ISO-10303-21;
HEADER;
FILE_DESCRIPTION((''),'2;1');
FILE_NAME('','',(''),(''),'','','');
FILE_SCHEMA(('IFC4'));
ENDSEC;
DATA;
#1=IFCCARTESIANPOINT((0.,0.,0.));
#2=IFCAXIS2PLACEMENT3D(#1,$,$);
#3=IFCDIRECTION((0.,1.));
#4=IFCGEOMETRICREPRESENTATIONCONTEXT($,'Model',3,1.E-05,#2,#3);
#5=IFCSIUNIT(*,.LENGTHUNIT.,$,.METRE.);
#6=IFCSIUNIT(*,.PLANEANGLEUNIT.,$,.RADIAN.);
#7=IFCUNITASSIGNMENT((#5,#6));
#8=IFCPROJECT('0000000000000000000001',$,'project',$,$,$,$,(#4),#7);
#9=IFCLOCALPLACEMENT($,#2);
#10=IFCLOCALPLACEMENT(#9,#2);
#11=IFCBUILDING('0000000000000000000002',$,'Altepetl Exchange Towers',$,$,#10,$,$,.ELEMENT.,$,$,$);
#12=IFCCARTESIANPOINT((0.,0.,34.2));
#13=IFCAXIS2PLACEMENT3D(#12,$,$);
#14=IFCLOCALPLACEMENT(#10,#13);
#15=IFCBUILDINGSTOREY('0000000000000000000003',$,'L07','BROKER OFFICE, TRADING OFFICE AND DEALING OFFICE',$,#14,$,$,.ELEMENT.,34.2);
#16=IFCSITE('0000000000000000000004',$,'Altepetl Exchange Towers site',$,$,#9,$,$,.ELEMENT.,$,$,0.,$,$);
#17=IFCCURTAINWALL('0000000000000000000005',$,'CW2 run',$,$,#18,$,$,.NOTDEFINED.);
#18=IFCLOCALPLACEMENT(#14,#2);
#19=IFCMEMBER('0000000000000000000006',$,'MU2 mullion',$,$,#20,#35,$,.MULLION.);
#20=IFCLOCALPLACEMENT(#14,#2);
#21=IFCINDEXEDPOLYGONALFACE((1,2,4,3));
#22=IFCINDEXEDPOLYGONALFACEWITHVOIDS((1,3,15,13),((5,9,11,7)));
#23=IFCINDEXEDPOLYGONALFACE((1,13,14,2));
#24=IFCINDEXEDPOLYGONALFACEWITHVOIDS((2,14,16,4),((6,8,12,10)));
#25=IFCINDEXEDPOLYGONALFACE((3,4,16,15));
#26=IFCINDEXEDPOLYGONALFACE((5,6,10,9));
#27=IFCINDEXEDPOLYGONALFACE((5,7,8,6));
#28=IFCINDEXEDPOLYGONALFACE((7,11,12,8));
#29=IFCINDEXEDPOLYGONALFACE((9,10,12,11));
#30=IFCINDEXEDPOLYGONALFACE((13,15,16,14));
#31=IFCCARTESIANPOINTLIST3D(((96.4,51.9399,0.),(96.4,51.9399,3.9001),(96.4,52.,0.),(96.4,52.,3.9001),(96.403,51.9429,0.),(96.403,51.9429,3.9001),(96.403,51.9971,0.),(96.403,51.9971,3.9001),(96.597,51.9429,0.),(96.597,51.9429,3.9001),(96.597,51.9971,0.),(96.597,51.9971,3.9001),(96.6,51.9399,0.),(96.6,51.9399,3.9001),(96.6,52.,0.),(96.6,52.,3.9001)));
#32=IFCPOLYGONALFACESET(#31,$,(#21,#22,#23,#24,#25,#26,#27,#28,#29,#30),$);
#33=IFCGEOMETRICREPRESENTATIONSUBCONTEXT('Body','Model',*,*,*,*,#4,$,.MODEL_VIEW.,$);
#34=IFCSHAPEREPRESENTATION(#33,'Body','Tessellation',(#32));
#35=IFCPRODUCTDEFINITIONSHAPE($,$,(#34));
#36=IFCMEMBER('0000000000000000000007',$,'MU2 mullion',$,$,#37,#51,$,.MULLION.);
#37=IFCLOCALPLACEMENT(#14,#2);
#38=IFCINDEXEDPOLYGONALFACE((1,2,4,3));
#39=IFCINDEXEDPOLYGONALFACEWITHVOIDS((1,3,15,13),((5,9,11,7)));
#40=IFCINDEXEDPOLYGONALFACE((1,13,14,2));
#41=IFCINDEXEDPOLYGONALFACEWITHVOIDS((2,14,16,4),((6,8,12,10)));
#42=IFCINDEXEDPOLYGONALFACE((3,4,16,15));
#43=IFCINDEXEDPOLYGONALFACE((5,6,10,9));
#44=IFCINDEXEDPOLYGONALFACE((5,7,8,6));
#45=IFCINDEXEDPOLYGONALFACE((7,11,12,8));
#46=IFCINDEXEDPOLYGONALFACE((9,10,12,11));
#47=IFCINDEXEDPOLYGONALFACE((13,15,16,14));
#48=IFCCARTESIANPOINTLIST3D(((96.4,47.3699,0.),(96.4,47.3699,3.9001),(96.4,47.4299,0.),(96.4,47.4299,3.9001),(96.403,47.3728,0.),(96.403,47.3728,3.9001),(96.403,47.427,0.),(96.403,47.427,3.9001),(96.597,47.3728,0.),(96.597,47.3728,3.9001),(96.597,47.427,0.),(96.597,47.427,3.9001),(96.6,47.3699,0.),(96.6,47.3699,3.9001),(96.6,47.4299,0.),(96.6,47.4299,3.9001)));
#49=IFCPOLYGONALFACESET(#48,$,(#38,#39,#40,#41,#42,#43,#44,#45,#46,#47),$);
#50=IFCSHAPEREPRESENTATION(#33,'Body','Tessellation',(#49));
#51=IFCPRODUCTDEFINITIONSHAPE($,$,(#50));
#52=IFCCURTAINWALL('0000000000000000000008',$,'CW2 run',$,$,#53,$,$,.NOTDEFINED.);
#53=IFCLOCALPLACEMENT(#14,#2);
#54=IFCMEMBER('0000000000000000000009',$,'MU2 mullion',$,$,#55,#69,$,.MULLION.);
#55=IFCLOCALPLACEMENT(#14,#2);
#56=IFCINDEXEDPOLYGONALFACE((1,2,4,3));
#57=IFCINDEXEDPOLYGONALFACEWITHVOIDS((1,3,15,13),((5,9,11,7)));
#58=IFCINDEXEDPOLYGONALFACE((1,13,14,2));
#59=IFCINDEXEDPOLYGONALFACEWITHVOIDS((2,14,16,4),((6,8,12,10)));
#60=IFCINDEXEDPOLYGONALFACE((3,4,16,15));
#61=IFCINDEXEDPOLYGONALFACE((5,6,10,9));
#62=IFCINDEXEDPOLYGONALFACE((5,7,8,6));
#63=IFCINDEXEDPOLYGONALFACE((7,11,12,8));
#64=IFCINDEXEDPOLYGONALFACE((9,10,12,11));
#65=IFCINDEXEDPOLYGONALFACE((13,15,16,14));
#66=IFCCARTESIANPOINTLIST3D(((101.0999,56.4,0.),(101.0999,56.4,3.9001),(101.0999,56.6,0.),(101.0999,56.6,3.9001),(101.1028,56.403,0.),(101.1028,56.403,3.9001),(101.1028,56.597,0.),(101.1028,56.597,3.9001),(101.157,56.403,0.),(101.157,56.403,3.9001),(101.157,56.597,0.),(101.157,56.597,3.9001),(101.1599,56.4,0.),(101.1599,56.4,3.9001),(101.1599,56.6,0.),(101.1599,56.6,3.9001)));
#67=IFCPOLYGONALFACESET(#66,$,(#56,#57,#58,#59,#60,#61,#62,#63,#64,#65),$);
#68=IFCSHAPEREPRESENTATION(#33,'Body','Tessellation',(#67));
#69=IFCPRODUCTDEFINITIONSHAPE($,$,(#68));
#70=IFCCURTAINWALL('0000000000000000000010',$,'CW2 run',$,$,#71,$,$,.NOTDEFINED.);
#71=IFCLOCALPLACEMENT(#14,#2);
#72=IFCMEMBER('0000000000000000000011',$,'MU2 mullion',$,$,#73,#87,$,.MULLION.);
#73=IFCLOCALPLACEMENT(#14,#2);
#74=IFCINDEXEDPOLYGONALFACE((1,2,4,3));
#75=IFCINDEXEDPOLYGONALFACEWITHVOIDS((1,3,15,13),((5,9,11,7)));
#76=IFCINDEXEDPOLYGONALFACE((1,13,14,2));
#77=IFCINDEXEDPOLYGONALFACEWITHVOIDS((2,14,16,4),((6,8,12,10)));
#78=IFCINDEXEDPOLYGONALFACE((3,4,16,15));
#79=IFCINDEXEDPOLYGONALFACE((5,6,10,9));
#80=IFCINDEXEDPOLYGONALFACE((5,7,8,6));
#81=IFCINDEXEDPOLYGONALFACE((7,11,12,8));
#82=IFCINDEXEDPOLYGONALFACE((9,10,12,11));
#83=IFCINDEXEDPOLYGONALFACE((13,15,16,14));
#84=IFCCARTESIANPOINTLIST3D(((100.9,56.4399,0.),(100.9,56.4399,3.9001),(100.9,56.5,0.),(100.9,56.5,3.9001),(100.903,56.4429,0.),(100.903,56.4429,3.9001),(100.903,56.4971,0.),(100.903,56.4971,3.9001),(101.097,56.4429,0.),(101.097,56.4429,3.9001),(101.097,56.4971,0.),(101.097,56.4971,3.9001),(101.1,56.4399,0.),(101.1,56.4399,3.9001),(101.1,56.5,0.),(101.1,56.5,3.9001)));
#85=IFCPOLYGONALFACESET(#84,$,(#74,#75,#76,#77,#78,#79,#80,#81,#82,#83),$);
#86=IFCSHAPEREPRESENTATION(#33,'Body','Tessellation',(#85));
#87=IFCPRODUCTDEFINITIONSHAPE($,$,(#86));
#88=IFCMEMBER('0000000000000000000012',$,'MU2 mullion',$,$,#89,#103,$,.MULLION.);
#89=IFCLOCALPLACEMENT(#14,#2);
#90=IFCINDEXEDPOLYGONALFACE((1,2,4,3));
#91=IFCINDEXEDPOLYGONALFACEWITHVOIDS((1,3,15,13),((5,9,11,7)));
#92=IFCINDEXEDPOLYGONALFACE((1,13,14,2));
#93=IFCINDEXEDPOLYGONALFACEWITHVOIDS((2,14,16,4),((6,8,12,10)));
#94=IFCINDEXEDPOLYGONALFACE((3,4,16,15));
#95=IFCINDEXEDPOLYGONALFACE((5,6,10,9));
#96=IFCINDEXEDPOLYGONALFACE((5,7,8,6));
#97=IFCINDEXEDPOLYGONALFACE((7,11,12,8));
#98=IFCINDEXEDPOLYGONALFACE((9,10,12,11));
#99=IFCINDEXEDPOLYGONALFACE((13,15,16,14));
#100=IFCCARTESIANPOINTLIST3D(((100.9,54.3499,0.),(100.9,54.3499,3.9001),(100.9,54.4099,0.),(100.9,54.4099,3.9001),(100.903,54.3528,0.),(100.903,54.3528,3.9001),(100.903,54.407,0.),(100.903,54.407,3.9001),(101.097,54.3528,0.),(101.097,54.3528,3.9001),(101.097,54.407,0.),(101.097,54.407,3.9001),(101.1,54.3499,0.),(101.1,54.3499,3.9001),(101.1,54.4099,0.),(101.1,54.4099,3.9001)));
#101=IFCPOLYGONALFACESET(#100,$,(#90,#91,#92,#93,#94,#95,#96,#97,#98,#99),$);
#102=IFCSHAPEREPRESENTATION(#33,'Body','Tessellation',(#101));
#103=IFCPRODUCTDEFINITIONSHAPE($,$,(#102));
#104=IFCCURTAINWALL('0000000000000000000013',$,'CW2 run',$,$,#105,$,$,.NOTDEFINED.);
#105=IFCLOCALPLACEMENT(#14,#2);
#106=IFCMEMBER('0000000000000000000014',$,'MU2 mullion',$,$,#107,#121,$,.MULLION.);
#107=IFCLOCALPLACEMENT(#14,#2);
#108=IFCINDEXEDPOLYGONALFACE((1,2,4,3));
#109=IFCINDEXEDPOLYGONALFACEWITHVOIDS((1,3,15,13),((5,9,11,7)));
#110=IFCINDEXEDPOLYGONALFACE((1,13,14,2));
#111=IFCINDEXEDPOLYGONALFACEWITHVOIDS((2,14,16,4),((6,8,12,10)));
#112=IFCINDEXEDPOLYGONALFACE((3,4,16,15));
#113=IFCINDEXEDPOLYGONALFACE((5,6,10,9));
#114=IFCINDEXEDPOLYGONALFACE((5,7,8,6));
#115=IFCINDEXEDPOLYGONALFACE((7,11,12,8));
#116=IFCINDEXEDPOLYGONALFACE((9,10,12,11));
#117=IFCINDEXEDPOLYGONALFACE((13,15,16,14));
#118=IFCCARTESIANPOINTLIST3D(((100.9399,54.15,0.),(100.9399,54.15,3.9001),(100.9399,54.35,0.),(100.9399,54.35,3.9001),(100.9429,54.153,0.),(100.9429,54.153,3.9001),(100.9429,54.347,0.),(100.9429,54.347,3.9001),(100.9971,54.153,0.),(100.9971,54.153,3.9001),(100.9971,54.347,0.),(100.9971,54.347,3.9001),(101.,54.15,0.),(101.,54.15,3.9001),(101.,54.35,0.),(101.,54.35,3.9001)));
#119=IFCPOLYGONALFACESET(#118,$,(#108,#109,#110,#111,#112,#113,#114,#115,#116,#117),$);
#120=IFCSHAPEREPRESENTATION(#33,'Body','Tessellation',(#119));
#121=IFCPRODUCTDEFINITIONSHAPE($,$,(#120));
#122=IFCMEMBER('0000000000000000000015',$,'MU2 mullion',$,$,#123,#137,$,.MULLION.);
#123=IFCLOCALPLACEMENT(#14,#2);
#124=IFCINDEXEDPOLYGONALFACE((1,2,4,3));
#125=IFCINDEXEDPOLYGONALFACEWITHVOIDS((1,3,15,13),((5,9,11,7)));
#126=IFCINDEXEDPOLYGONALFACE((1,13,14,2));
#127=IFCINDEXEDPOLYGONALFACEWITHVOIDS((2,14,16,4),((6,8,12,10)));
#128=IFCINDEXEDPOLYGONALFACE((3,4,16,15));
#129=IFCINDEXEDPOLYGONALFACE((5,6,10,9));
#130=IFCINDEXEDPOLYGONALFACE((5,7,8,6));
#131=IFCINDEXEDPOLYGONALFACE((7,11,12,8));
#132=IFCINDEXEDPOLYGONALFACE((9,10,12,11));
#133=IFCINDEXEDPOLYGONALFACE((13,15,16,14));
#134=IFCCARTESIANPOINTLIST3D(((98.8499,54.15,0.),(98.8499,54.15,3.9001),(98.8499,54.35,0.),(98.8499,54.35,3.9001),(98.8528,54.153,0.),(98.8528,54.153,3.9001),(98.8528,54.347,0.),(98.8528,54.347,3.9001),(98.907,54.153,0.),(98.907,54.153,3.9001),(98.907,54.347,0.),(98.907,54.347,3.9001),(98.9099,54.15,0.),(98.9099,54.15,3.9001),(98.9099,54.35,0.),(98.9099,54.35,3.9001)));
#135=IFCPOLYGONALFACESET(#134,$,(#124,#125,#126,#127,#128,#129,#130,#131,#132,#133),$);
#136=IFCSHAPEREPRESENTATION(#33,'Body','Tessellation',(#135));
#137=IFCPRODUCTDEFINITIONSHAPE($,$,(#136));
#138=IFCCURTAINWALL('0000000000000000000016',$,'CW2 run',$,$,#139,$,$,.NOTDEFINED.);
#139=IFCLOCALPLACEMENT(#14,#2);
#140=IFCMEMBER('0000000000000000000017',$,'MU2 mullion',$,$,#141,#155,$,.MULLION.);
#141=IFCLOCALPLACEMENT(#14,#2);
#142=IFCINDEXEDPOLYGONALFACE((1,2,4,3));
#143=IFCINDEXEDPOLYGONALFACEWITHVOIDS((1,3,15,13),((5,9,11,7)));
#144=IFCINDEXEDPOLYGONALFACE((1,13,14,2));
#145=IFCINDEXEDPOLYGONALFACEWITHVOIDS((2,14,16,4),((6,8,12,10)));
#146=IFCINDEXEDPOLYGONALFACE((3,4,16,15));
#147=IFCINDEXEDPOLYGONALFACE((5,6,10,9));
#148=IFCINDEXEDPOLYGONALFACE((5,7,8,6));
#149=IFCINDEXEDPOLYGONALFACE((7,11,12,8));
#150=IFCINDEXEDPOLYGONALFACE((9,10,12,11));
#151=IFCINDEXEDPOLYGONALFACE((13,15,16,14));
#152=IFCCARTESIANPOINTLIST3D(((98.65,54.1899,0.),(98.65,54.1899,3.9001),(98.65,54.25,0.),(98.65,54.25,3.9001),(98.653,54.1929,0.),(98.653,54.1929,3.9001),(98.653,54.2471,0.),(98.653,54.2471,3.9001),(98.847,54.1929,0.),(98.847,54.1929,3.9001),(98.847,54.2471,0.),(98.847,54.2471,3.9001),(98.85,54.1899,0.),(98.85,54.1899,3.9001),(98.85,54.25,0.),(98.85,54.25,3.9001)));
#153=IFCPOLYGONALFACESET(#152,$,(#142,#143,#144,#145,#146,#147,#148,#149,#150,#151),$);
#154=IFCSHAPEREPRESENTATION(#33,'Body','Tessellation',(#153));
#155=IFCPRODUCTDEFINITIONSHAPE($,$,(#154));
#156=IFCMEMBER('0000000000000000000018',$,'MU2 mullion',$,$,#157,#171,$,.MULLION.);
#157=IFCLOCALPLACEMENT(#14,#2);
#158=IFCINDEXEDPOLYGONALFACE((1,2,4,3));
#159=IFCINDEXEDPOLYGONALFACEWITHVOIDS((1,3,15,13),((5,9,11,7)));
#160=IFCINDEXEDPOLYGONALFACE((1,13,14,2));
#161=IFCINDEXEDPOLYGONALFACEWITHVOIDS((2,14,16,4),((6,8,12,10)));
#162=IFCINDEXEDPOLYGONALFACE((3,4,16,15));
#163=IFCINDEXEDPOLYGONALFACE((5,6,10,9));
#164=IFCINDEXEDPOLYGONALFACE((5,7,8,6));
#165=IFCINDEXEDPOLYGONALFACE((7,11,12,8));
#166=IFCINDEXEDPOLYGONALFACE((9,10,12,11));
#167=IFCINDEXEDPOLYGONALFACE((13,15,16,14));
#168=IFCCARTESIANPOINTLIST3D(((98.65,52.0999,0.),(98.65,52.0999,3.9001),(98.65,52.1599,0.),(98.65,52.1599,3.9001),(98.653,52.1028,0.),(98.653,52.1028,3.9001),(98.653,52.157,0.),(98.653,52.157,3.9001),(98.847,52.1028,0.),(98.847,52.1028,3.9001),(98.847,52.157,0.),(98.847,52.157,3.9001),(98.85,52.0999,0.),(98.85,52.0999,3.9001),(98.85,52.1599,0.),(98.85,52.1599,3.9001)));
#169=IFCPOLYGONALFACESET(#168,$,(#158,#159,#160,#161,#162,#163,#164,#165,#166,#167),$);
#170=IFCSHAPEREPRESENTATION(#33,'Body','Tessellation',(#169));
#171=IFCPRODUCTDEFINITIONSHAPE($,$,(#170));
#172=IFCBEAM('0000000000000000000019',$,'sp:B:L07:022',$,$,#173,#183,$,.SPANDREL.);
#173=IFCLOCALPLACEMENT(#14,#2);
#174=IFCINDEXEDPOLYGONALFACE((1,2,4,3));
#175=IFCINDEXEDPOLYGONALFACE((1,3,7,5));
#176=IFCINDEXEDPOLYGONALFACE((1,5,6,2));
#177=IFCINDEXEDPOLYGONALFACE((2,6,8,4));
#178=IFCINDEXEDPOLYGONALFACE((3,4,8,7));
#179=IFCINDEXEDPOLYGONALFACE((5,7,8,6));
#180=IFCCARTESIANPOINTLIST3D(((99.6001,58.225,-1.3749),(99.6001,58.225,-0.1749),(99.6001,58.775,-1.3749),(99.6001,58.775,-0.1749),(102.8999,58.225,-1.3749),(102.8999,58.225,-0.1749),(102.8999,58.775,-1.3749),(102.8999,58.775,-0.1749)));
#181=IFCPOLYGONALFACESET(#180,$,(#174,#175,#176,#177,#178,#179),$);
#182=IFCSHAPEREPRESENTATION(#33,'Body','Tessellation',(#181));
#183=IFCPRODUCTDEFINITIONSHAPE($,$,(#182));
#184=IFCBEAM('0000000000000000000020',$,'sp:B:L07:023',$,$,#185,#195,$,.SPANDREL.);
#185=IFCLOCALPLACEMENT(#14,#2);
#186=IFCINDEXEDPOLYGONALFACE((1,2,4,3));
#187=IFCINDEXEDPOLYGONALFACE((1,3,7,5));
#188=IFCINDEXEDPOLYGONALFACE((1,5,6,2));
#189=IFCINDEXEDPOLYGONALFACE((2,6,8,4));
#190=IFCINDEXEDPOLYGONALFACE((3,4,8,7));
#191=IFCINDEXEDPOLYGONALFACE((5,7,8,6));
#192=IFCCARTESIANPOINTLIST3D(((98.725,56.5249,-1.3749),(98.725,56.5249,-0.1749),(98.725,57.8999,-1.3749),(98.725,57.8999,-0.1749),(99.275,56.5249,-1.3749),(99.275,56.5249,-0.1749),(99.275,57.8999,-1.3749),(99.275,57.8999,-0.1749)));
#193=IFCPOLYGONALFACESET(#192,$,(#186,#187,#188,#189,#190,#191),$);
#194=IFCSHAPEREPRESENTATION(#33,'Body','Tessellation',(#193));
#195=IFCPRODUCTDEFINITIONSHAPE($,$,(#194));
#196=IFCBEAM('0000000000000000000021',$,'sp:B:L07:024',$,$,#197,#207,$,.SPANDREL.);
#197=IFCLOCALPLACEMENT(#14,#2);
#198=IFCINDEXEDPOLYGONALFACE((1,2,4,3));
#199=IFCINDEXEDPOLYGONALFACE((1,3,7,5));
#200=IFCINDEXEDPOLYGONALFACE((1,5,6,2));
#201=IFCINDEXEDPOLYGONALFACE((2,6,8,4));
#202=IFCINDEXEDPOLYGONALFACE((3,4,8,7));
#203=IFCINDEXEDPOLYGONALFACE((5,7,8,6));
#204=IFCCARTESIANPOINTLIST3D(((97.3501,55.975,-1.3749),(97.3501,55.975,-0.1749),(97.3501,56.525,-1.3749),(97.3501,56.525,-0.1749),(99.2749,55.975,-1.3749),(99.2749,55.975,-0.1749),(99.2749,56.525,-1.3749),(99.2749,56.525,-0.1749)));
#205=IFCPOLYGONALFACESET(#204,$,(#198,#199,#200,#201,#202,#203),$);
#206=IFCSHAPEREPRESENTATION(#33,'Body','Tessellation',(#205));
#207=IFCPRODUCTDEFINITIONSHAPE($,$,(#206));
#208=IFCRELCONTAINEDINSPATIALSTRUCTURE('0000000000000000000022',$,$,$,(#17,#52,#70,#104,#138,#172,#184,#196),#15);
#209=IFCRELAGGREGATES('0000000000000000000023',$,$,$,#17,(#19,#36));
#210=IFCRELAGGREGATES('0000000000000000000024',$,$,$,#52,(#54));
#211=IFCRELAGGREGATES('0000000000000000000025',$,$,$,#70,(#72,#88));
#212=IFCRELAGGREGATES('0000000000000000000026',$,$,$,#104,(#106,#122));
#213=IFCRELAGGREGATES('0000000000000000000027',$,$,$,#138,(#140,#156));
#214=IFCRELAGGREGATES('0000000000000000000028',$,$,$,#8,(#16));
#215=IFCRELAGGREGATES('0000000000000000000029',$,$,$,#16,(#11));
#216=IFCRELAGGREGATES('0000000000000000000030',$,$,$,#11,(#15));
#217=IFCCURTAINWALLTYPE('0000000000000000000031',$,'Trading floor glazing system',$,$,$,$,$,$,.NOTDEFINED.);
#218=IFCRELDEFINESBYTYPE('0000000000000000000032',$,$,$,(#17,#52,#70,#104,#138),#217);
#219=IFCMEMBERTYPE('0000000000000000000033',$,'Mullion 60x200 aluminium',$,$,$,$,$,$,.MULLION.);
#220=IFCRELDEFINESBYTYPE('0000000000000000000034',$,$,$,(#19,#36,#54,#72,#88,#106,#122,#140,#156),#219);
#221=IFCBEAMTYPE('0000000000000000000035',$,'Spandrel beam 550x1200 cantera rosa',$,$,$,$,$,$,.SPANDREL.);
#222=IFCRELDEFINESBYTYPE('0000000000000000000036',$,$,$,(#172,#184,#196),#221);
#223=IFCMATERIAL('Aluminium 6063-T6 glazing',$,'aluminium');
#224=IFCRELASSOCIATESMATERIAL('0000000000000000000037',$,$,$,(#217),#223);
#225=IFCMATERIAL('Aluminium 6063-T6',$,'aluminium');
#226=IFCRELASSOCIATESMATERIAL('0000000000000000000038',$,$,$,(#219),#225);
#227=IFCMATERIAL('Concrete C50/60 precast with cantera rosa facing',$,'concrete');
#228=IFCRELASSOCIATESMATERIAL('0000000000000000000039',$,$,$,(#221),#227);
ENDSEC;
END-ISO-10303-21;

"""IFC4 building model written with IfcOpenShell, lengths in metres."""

from ifc_helpers import new_model, si_unit, direction, frame, origin, origin_2d, place, context, subcontext, project, spatial, rectangle, hollow_rectangle, extrude, material, material_profile, profile_set, type_object, element, aggregate, save


model = new_model("IFC4")

# Units and contexts
model_context = context("Model", 3, precision=1e-05, world=origin(), true_north=direction((0.0, 1.0)))
body_context = subcontext(model_context, "Body", "Model", "MODEL_VIEW")
ifc_project = project(units=[si_unit("LENGTHUNIT", "METRE"), si_unit("PLANEANGLEUNIT", "RADIAN")], contexts=[model_context])

# Site, building, storey
site_placement = place(None, origin())
site = spatial("IfcSite", under=ifc_project, at=site_placement, Name="Altepetl Exchange Towers site", CompositionType="ELEMENT", RefElevation=0.0)
building_placement = place(site_placement, origin())
building = spatial("IfcBuilding", under=site, at=building_placement, Name="Altepetl Exchange Towers", CompositionType="ELEMENT")
storey_placement = place(building_placement, frame((0.0, 0.0, 34.2)))
storey = spatial("IfcBuildingStorey", under=building, at=storey_placement, Name="L07", Description="BROKER OFFICE, TRADING OFFICE AND DEALING OFFICE", CompositionType="ELEMENT", Elevation=34.2)

# Curtain wall, members
ifc_material_1 = material(Name="Aluminium 6063-T6 glazing", Category="aluminium")
curtain_wall_type = type_object("IfcCurtainWallType", Name="Trading floor glazing system", PredefinedType="NOTDEFINED", material=ifc_material_1)
ifc_material_2 = material(Name="Aluminium 6063-T6", Category="aluminium")
ifc_material_profile_1 = material_profile(ifc_material_2, hollow_rectangle(XDim=0.0601, YDim=0.2, WallThickness=0.0029, at=origin_2d()), Name="Mullion 60x200 aluminium")
ifc_profile_set_1 = profile_set([ifc_material_profile_1], Name="Aluminium 6063-T6")
member_type = type_object("IfcMemberType", Name="Mullion 60x200 aluminium", PredefinedType="MULLION", material=ifc_profile_set_1)
curtain_wall_1_placement = place(storey_placement, origin())
curtain_wall_1 = element("IfcCurtainWall", 1, at=curtain_wall_1_placement, inside=storey, type_object=curtain_wall_type, Name="CW2 run", PredefinedType="NOTDEFINED")
member_1_placement = place(storey_placement, frame((96.5, 51.97, 0.0), z_axis=(0.0, 0.0, 1.0), x_axis=(0.0, -1.0, 0.0)))
member_1 = element("IfcMember", 2, at=member_1_placement, type_object=member_type, Name="MU2 mullion", PredefinedType="MULLION", context=body_context, shape_type="SweptSolid", body=[
    extrude(hollow_rectangle(XDim=0.0601, YDim=0.2, WallThickness=0.0029, at=origin_2d()), origin(), (0.0, 0.0, 1.0), 3.9001),
])
member_2_placement = place(storey_placement, frame((96.5, 47.3999, 0.0), z_axis=(0.0, 0.0, 1.0), x_axis=(0.0, -1.0, 0.0)))
member_2 = element("IfcMember", 3, at=member_2_placement, type_object=member_type, Name="MU2 mullion", PredefinedType="MULLION", context=body_context, shape_type="SweptSolid", body=[
    extrude(hollow_rectangle(XDim=0.0601, YDim=0.2, WallThickness=0.0029, at=origin_2d()), origin(), (0.0, 0.0, 1.0), 3.9001),
])

# Curtain wall, member
curtain_wall_2_placement = place(storey_placement, origin())
curtain_wall_2 = element("IfcCurtainWall", 4, at=curtain_wall_2_placement, inside=storey, type_object=curtain_wall_type, Name="CW2 run", PredefinedType="NOTDEFINED")
member_3_placement = place(storey_placement, frame((101.1299, 56.5, 0.0), z_axis=(0.0, 0.0, 1.0), x_axis=(-1.0, 0.0, 0.0)))
member_3 = element("IfcMember", 5, at=member_3_placement, type_object=member_type, Name="MU2 mullion", PredefinedType="MULLION", context=body_context, shape_type="SweptSolid", body=[
    extrude(hollow_rectangle(XDim=0.0601, YDim=0.2, WallThickness=0.0029, at=origin_2d()), origin(), (0.0, 0.0, 1.0), 3.9001),
])

# Curtain walls, members
curtain_wall_3_placement = place(storey_placement, origin())
curtain_wall_3 = element("IfcCurtainWall", 6, at=curtain_wall_3_placement, inside=storey, type_object=curtain_wall_type, Name="CW2 run", PredefinedType="NOTDEFINED")
member_4_placement = place(storey_placement, frame((101.0, 56.47, 0.0), z_axis=(0.0, 0.0, 1.0), x_axis=(0.0, -1.0, 0.0)))
member_4 = element("IfcMember", 7, at=member_4_placement, type_object=member_type, Name="MU2 mullion", PredefinedType="MULLION", context=body_context, shape_type="SweptSolid", body=[
    extrude(hollow_rectangle(XDim=0.0601, YDim=0.2, WallThickness=0.0029, at=origin_2d()), origin(), (0.0, 0.0, 1.0), 3.9001),
])
member_5_placement = place(storey_placement, frame((101.0, 54.3799, 0.0), z_axis=(0.0, 0.0, 1.0), x_axis=(0.0, -1.0, 0.0)))
member_5 = element("IfcMember", 8, at=member_5_placement, type_object=member_type, Name="MU2 mullion", PredefinedType="MULLION", context=body_context, shape_type="SweptSolid", body=[
    extrude(hollow_rectangle(XDim=0.0601, YDim=0.2, WallThickness=0.0029, at=origin_2d()), origin(), (0.0, 0.0, 1.0), 3.9001),
])
curtain_wall_4_placement = place(storey_placement, origin())
curtain_wall_4 = element("IfcCurtainWall", 9, at=curtain_wall_4_placement, inside=storey, type_object=curtain_wall_type, Name="CW2 run", PredefinedType="NOTDEFINED")
member_6_placement = place(storey_placement, frame((100.97, 54.25, 0.0), z_axis=(0.0, 0.0, 1.0), x_axis=(-1.0, 0.0, 0.0)))
member_6 = element("IfcMember", 10, at=member_6_placement, type_object=member_type, Name="MU2 mullion", PredefinedType="MULLION", context=body_context, shape_type="SweptSolid", body=[
    extrude(hollow_rectangle(XDim=0.0601, YDim=0.2, WallThickness=0.0029, at=origin_2d()), origin(), (0.0, 0.0, 1.0), 3.9001),
])
member_7_placement = place(storey_placement, frame((98.8799, 54.25, 0.0), z_axis=(0.0, 0.0, 1.0), x_axis=(-1.0, 0.0, 0.0)))
member_7 = element("IfcMember", 11, at=member_7_placement, type_object=member_type, Name="MU2 mullion", PredefinedType="MULLION", context=body_context, shape_type="SweptSolid", body=[
    extrude(hollow_rectangle(XDim=0.0601, YDim=0.2, WallThickness=0.0029, at=origin_2d()), origin(), (0.0, 0.0, 1.0), 3.9001),
])
curtain_wall_5_placement = place(storey_placement, origin())
curtain_wall_5 = element("IfcCurtainWall", 12, at=curtain_wall_5_placement, inside=storey, type_object=curtain_wall_type, Name="CW2 run", PredefinedType="NOTDEFINED")
member_8_placement = place(storey_placement, frame((98.75, 54.22, 0.0), z_axis=(0.0, 0.0, 1.0), x_axis=(0.0, -1.0, 0.0)))
member_8 = element("IfcMember", 13, at=member_8_placement, type_object=member_type, Name="MU2 mullion", PredefinedType="MULLION", context=body_context, shape_type="SweptSolid", body=[
    extrude(hollow_rectangle(XDim=0.0601, YDim=0.2, WallThickness=0.0029, at=origin_2d()), origin(), (0.0, 0.0, 1.0), 3.9001),
])
member_9_placement = place(storey_placement, frame((98.75, 52.1299, 0.0), z_axis=(0.0, 0.0, 1.0), x_axis=(0.0, -1.0, 0.0)))
member_9 = element("IfcMember", 14, at=member_9_placement, type_object=member_type, Name="MU2 mullion", PredefinedType="MULLION", context=body_context, shape_type="SweptSolid", body=[
    extrude(hollow_rectangle(XDim=0.0601, YDim=0.2, WallThickness=0.0029, at=origin_2d()), origin(), (0.0, 0.0, 1.0), 3.9001),
])

# Beams
ifc_material_3 = material(Name="Concrete C50/60 precast with cantera rosa facing", Category="concrete")
ifc_material_profile_2 = material_profile(ifc_material_3, rectangle(XDim=0.55, YDim=1.2, at=origin_2d()), Name="550 x 1200")
ifc_profile_set_2 = profile_set([ifc_material_profile_2], Name="Concrete C50/60 precast with cantera rosa facing")
beam_type_1 = type_object("IfcBeamType", Name="Spandrel beam 550x1200 cantera rosa", PredefinedType="SPANDREL", material=ifc_profile_set_2)
beam_1_placement = place(storey_placement, frame((102.8999, 58.5, -0.7749), z_axis=(-1.0, 0.0, 0.0), x_axis=(0.0, -1.0, 0.0)))
element("IfcBeam", 15, at=beam_1_placement, inside=storey, type_object=beam_type_1, Name="sp:B:L07:022", PredefinedType="SPANDREL", context=body_context, shape_type="SweptSolid", body=[
    extrude(rectangle(XDim=0.55, YDim=1.2, at=origin_2d()), origin(), (0.0, 0.0, 1.0), 3.2998),
])
beam_2_placement = place(storey_placement, frame((99.0, 57.8999, -0.7749), z_axis=(0.0, -1.0, 0.0), x_axis=(1.0, 0.0, 0.0)))
element("IfcBeam", 16, at=beam_2_placement, inside=storey, type_object=beam_type_1, Name="sp:B:L07:023", PredefinedType="SPANDREL", context=body_context, shape_type="SweptSolid", body=[
    extrude(rectangle(XDim=0.55, YDim=1.2, at=origin_2d()), origin(), (0.0, 0.0, 1.0), 1.375),
])
beam_3_placement = place(storey_placement, frame((99.2749, 56.25, -0.7749), z_axis=(-1.0, 0.0, 0.0), x_axis=(0.0, -1.0, 0.0)))
element("IfcBeam", 17, at=beam_3_placement, inside=storey, type_object=beam_type_1, Name="sp:B:L07:024", PredefinedType="SPANDREL", context=body_context, shape_type="SweptSolid", body=[
    extrude(rectangle(XDim=0.55, YDim=1.2, at=origin_2d()), origin(), (0.0, 0.0, 1.0), 1.9248),
])

aggregate(curtain_wall_1, [member_1, member_2])
aggregate(curtain_wall_2, [member_3])
aggregate(curtain_wall_3, [member_4, member_5])
aggregate(curtain_wall_4, [member_6, member_7])
aggregate(curtain_wall_5, [member_8, member_9])

save(model, "model.ifc")
